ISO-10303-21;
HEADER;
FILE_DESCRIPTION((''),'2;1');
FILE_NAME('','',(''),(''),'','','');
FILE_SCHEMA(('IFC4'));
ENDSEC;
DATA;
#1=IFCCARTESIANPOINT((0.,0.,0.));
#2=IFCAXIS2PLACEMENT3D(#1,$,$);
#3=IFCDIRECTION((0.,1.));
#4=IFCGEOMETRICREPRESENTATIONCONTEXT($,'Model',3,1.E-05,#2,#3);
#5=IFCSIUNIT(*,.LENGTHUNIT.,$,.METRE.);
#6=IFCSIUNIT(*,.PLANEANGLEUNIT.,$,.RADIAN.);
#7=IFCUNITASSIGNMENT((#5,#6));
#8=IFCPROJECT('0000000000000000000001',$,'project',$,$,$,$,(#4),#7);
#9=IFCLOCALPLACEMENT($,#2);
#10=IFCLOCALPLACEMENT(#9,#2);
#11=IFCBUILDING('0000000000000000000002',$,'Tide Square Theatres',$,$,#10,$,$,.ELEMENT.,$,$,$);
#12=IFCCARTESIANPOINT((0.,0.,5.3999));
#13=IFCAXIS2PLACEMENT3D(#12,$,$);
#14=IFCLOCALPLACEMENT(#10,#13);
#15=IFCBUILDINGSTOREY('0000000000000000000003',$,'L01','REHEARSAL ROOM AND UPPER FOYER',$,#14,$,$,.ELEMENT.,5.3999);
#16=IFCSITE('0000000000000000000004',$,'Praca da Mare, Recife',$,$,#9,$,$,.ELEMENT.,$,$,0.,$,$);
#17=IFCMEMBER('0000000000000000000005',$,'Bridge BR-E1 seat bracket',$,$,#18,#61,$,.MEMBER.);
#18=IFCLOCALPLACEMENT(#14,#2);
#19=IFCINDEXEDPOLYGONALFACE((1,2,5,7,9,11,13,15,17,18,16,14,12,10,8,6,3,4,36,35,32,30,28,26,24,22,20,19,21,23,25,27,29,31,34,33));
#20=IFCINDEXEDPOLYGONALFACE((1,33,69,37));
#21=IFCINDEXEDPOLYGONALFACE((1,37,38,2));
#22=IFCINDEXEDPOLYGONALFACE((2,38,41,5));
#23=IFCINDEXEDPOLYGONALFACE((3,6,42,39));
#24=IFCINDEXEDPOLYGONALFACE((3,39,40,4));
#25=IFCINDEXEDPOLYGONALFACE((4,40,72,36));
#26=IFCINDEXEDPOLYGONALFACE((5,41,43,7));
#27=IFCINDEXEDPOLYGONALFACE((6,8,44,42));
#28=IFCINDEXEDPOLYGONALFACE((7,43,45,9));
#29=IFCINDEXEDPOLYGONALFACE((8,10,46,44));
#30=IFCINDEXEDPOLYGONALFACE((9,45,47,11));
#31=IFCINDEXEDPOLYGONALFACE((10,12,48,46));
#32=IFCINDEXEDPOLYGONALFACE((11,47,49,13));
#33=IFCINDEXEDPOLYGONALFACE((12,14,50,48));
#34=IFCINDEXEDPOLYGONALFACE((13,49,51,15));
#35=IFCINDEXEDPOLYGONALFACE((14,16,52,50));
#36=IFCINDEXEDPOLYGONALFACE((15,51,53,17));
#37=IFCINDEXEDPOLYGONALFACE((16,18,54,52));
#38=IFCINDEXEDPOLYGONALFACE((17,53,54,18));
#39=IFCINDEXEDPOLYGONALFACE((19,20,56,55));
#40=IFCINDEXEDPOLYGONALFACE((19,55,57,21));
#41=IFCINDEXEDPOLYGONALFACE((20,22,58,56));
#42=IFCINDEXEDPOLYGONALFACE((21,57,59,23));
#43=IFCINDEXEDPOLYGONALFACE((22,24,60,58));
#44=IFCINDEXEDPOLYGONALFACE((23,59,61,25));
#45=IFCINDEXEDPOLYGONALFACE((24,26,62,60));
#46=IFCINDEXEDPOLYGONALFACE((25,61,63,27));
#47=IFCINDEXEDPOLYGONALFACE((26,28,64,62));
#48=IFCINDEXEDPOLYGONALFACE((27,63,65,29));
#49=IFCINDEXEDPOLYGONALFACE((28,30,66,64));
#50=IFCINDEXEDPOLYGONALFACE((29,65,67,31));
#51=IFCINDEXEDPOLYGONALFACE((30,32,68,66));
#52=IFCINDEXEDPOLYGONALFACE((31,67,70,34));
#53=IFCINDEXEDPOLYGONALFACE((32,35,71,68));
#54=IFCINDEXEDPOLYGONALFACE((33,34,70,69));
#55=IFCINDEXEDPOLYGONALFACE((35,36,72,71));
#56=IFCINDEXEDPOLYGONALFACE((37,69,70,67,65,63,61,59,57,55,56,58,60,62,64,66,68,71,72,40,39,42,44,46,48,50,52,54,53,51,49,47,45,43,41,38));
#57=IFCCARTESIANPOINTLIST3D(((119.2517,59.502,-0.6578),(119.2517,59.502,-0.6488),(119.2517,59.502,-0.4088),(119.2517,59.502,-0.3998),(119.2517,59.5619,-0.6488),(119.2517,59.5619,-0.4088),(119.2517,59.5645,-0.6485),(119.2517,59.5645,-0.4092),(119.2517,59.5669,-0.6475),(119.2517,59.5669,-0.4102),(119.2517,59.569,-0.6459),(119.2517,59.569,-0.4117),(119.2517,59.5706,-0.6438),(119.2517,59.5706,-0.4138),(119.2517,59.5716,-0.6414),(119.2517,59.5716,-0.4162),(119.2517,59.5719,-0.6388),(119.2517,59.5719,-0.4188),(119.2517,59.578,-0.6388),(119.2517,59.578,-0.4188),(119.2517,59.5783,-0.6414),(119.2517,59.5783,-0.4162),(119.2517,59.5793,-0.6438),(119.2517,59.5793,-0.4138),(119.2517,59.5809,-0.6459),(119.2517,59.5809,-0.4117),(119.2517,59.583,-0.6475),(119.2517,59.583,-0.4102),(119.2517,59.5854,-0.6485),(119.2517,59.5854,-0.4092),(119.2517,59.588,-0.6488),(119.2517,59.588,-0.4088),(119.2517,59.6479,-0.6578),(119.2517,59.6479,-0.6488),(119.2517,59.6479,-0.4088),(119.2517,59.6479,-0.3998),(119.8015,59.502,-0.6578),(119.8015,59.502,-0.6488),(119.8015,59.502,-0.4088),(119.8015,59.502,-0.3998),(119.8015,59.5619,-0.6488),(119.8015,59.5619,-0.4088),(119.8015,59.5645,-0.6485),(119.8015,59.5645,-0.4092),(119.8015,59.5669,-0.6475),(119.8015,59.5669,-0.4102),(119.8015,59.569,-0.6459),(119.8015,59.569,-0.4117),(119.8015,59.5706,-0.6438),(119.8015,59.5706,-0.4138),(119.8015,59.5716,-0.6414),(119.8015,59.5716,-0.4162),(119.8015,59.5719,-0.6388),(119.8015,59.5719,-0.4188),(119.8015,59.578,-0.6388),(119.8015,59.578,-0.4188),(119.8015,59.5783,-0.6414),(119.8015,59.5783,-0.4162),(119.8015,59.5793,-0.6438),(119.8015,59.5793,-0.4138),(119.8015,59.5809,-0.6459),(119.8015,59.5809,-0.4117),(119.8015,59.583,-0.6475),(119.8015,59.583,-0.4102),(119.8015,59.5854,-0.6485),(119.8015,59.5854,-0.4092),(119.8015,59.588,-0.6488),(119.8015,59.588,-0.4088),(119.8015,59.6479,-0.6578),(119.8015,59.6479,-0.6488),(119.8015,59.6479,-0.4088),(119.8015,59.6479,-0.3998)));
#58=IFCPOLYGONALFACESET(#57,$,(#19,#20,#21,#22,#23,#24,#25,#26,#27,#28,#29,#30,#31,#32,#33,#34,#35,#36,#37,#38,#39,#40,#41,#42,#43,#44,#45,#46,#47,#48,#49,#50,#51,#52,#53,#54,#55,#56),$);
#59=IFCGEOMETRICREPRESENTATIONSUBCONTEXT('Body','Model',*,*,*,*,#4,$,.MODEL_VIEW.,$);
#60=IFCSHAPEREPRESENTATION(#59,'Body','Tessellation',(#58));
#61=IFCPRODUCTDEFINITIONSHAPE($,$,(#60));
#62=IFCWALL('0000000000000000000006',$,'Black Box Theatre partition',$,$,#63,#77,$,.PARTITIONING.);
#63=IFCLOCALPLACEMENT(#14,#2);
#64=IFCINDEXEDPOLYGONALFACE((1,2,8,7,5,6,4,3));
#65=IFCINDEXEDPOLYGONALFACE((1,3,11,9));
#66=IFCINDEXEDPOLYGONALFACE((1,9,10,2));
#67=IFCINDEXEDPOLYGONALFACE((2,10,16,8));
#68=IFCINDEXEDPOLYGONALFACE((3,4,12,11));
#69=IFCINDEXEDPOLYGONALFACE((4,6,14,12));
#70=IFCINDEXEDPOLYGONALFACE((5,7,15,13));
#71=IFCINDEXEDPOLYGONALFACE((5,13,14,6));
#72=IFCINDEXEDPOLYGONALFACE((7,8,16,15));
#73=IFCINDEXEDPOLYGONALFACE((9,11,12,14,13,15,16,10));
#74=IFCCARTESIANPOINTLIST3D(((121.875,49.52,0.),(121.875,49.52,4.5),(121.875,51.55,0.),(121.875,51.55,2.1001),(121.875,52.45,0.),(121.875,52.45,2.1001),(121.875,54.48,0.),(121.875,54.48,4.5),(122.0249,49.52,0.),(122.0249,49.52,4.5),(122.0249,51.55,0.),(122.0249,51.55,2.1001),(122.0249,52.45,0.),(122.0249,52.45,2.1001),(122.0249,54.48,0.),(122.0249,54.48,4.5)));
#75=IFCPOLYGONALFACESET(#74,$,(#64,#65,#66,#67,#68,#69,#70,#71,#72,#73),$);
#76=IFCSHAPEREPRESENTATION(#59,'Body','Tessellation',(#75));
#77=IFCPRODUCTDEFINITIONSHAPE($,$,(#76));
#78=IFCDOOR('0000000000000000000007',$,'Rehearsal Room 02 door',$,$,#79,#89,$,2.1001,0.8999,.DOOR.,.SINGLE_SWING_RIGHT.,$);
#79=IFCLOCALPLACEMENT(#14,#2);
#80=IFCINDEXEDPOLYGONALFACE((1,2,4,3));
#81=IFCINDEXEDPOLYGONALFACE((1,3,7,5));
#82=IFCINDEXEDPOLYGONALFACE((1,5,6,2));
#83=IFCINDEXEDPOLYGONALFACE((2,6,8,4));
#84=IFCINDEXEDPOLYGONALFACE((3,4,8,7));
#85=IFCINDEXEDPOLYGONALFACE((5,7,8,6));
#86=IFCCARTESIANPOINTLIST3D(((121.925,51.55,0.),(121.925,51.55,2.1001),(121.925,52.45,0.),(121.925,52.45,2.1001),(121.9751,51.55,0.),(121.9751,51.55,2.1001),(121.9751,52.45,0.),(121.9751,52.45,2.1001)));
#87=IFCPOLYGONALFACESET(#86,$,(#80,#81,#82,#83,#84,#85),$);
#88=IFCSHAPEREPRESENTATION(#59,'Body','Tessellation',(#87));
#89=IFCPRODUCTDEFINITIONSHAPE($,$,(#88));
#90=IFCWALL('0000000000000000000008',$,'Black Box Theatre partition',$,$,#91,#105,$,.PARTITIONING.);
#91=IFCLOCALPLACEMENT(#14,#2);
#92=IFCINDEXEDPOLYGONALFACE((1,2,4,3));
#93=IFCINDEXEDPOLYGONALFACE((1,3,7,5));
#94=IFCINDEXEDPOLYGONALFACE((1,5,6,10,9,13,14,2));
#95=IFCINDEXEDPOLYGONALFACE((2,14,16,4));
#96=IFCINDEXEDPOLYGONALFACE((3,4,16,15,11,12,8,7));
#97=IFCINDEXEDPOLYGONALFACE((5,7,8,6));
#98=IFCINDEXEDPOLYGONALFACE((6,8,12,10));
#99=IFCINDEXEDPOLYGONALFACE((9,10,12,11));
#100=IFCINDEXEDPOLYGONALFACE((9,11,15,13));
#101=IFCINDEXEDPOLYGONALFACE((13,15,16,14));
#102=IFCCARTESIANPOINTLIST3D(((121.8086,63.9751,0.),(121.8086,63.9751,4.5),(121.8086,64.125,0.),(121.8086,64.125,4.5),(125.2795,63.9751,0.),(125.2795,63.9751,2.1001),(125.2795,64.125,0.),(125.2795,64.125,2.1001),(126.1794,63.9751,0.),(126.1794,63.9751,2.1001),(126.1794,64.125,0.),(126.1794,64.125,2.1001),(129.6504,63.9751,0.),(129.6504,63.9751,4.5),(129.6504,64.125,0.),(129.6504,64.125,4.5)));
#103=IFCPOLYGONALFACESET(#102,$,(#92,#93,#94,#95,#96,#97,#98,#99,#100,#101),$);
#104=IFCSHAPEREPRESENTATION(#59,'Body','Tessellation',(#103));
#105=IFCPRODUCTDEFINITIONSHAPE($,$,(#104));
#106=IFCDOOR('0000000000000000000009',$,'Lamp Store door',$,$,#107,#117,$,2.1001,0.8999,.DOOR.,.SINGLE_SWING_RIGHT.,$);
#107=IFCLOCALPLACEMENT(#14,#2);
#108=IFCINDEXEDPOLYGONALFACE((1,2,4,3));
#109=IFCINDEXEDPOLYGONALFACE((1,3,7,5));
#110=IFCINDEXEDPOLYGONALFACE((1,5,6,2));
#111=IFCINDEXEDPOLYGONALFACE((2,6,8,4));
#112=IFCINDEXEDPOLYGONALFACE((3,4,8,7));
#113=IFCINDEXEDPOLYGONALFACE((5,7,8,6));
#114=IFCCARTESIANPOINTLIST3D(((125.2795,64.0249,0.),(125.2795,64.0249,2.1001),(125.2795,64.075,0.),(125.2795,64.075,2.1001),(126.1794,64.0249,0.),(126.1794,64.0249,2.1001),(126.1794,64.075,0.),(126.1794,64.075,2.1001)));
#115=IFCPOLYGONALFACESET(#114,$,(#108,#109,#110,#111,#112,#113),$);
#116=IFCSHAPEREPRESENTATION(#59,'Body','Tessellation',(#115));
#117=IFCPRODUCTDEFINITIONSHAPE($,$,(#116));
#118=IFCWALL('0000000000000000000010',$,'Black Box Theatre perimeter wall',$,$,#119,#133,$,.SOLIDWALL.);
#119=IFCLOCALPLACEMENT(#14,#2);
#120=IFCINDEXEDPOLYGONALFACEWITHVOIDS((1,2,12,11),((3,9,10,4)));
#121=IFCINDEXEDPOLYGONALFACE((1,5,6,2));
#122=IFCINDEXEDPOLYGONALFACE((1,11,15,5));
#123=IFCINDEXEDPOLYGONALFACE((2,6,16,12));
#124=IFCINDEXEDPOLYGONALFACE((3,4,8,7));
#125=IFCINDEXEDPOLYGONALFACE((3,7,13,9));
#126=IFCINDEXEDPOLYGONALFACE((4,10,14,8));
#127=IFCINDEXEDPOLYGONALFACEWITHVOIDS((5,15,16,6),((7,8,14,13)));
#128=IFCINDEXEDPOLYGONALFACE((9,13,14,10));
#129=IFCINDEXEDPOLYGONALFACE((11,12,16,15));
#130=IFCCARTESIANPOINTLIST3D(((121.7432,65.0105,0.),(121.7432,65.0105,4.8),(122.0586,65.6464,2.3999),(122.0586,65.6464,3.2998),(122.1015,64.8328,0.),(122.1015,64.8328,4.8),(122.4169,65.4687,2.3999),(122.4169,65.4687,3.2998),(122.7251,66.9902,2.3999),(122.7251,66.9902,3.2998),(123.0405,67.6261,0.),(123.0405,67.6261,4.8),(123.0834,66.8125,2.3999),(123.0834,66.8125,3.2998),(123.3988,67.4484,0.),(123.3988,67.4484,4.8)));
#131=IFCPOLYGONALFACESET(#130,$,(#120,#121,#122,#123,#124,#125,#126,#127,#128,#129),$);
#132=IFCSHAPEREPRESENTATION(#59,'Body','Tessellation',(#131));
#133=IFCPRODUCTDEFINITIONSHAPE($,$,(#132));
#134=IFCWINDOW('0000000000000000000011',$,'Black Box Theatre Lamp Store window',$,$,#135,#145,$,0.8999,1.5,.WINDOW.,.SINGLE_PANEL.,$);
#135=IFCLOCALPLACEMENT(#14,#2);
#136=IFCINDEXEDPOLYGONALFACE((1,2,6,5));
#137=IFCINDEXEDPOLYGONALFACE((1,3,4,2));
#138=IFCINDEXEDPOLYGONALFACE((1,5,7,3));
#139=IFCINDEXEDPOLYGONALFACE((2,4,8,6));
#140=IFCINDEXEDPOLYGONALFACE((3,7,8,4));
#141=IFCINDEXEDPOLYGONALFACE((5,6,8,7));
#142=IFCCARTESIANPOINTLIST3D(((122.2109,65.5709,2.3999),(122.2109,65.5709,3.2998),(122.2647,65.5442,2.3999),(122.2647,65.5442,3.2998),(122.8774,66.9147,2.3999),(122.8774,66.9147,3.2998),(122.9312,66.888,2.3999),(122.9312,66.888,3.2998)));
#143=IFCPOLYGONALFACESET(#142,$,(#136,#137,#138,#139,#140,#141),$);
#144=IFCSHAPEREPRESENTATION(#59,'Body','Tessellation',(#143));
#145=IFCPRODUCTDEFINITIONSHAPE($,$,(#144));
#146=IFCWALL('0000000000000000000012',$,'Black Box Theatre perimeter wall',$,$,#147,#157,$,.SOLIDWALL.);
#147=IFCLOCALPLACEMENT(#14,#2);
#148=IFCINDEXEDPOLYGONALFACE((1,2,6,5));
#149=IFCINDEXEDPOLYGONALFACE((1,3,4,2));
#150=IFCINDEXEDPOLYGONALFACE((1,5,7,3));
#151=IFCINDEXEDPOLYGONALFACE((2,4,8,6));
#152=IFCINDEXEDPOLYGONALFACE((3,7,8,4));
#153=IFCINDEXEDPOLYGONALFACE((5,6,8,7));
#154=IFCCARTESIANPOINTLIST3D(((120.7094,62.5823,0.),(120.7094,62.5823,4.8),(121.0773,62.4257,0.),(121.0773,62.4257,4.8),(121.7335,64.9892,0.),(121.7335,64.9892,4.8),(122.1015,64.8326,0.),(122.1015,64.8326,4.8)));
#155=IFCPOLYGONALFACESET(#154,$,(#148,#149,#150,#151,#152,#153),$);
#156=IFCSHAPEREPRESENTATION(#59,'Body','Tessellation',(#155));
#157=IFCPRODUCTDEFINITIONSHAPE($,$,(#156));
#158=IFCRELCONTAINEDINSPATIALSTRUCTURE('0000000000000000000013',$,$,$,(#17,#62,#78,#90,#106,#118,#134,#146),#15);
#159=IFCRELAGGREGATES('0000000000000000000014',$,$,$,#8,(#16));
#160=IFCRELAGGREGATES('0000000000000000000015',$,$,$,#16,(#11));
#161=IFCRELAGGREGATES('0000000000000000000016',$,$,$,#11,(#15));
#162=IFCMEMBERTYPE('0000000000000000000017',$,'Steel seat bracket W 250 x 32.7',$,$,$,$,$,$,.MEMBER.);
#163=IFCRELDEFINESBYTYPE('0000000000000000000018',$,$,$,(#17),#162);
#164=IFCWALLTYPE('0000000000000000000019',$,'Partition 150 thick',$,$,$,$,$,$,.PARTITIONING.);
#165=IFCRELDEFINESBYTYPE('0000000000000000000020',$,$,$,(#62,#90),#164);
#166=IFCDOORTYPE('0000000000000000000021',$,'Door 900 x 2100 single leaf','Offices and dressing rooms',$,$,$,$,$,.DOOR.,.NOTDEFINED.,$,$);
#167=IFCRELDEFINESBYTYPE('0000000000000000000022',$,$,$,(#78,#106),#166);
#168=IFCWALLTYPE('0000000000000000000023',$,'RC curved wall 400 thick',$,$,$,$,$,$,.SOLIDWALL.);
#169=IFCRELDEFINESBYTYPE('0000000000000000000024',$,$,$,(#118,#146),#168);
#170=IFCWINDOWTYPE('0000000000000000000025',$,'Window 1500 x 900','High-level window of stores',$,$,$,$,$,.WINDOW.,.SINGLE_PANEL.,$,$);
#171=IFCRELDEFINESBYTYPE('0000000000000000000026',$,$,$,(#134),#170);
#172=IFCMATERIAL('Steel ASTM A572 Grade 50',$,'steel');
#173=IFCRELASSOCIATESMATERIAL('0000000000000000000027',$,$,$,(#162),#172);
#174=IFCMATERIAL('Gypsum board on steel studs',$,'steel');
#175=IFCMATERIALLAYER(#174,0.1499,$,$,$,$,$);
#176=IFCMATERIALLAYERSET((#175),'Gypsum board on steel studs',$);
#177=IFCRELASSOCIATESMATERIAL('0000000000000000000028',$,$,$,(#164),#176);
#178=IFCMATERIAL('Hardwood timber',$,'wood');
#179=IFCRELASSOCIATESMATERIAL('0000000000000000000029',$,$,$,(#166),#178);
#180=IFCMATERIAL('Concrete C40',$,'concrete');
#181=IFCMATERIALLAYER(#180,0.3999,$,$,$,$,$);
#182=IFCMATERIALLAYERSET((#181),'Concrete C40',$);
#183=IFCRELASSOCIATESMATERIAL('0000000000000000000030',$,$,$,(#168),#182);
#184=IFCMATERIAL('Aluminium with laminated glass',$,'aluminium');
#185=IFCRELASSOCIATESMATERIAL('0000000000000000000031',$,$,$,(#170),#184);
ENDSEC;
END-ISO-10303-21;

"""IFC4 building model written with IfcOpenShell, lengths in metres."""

from ifc_helpers import new_model, si_unit, direction, frame, frame_2d, origin, origin_2d, place, context, subcontext, project, spatial, rectangle, i_section, extrude, material, layer, layer_set, material_profile, profile_set, type_object, element, fill, save


model = new_model("IFC4")

# Units and contexts
model_context = context("Model", 3, precision=1e-05, world=origin(), true_north=direction((0.0, 1.0)))
body_context = subcontext(model_context, "Body", "Model", "MODEL_VIEW")
ifc_project = project(units=[si_unit("LENGTHUNIT", "METRE"), si_unit("PLANEANGLEUNIT", "RADIAN")], contexts=[model_context])

# Site, building, storey
site_placement = place(None, origin())
site = spatial("IfcSite", under=ifc_project, at=site_placement, Name="Praca da Mare, Recife", CompositionType="ELEMENT", RefElevation=0.0)
building_placement = place(site_placement, origin())
building = spatial("IfcBuilding", under=site, at=building_placement, Name="Tide Square Theatres", CompositionType="ELEMENT")
storey_placement = place(building_placement, frame((0.0, 0.0, 5.3999)))
storey = spatial("IfcBuildingStorey", under=building, at=storey_placement, Name="L01", Description="REHEARSAL ROOM AND UPPER FOYER", CompositionType="ELEMENT", Elevation=5.3999)

# Member
ifc_material_1 = material(Name="Steel ASTM A572 Grade 50", Category="steel")
ifc_material_profile_1 = material_profile(ifc_material_1, i_section(OverallWidth=0.146, OverallDepth=0.2581, WebThickness=0.0061, FlangeThickness=0.009, FilletRadius=0.01, at=origin_2d()))
ifc_profile_set_1 = profile_set([ifc_material_profile_1], Name="Steel ASTM A572 Grade 50")
member_type_1 = type_object("IfcMemberType", Name="Steel seat bracket W 250 x 32.7", PredefinedType="MEMBER", material=ifc_profile_set_1)
member_1_placement = place(storey_placement, frame((119.8015, 59.575, -0.5288), z_axis=(-1.0, 0.0, 0.0), x_axis=(0.0, -1.0, 0.0)))
element("IfcMember", 1, at=member_1_placement, inside=storey, type_object=member_type_1, Name="Bridge BR-E1 seat bracket", PredefinedType="MEMBER", context=body_context, shape_type="SweptSolid", body=[
    extrude(i_section(OverallWidth=0.146, OverallDepth=0.2581, WebThickness=0.0061, FlangeThickness=0.009, FilletRadius=0.01, at=origin_2d()), origin(), (0.0, 0.0, 1.0), 0.5498),
])

# Walls, openings, doors
ifc_material_2 = material(Name="Gypsum board on steel studs", Category="steel")
ifc_layer_1 = layer(ifc_material_2, 0.1499)
ifc_layer_set_1 = layer_set([ifc_layer_1], Name="Gypsum board on steel studs")
wall_type_1 = type_object("IfcWallType", Name="Partition 150 thick", PredefinedType="PARTITIONING", material=ifc_layer_set_1)
wall_1_placement = place(storey_placement, frame((121.95, 49.52, 0.0), z_axis=(0.0, 0.0, 1.0), x_axis=(0.0, 1.0, 0.0)))
wall_1 = element("IfcWall", 2, at=wall_1_placement, inside=storey, type_object=wall_type_1, Name="Black Box Theatre partition", PredefinedType="PARTITIONING", context=body_context, shape_type="SweptSolid", body=[
    extrude(rectangle(XDim=4.96, YDim=0.1499, at=frame_2d((2.48, 0.0))), origin(), (0.0, 0.0, 1.0), 4.5),
])
opening_1_placement = place(wall_1_placement, frame((2.03, 0.0, 0.0)))
opening_1 = element("IfcOpeningElement", 3, at=opening_1_placement, cuts=wall_1, PredefinedType="OPENING", context=body_context, shape_type="SweptSolid", body=[
    extrude(rectangle(XDim=0.8999, YDim=2.1001, at=frame_2d((0.45, 1.05))), frame((0.0, 0.085, 0.0), z_axis=(0.0, -1.0, 0.0), x_axis=(1.0, 0.0, 0.0)), (0.0, 0.0, 1.0), 0.1699),
])
ifc_material_3 = material(Name="Hardwood timber", Category="wood")
door_type_1 = type_object("IfcDoorType", Name="Door 900 x 2100 single leaf", Description="Offices and dressing rooms", OperationType="NOTDEFINED", PredefinedType="DOOR", material=ifc_material_3)
door_1_placement = place(opening_1_placement, origin())
door_1 = element("IfcDoor", 4, at=door_1_placement, inside=storey, type_object=door_type_1, Name="Rehearsal Room 02 door", OperationType="SINGLE_SWING_RIGHT", OverallHeight=2.1001, OverallWidth=0.8999, PredefinedType="DOOR", context=body_context, shape_type="SweptSolid", body=[
    extrude(rectangle(XDim=0.8999, YDim=2.1001, at=frame_2d((0.45, 1.05))), frame((0.0, 0.0249, 0.0), z_axis=(0.0, -1.0, 0.0), x_axis=(1.0, 0.0, 0.0)), (0.0, 0.0, 1.0), 0.05),
])
fill(opening_1, door_1)
wall_2_placement = place(storey_placement, frame((121.8086, 64.05, 0.0), z_axis=(0.0, 0.0, 1.0), x_axis=(1.0, 0.0, 0.0)))
wall_2 = element("IfcWall", 5, at=wall_2_placement, inside=storey, type_object=wall_type_1, Name="Black Box Theatre partition", PredefinedType="PARTITIONING", context=body_context, shape_type="SweptSolid", body=[
    extrude(rectangle(XDim=7.8418, YDim=0.1499, at=frame_2d((3.9209, 0.0))), origin(), (0.0, 0.0, 1.0), 4.5),
])
opening_2_placement = place(wall_2_placement, frame((3.4709, 0.0, 0.0)))
opening_2 = element("IfcOpeningElement", 6, at=opening_2_placement, cuts=wall_2, PredefinedType="OPENING", context=body_context, shape_type="SweptSolid", body=[
    extrude(rectangle(XDim=0.8999, YDim=2.1001, at=frame_2d((0.45, 1.05))), frame((0.0, 0.085, 0.0), z_axis=(0.0, -1.0, 0.0), x_axis=(1.0, 0.0, 0.0)), (0.0, 0.0, 1.0), 0.1699),
])
door_2_placement = place(opening_2_placement, origin())
door_2 = element("IfcDoor", 7, at=door_2_placement, inside=storey, type_object=door_type_1, Name="Lamp Store door", OperationType="SINGLE_SWING_RIGHT", OverallHeight=2.1001, OverallWidth=0.8999, PredefinedType="DOOR", context=body_context, shape_type="SweptSolid", body=[
    extrude(rectangle(XDim=0.8999, YDim=2.1001, at=frame_2d((0.45, 1.05))), frame((0.0, 0.0249, 0.0), z_axis=(0.0, -1.0, 0.0), x_axis=(1.0, 0.0, 0.0)), (0.0, 0.0, 1.0), 0.05),
])
fill(opening_2, door_2)

# Wall, opening, window
ifc_material_4 = material(Name="Concrete C40", Category="concrete")
ifc_layer_2 = layer(ifc_material_4, 0.3999)
ifc_layer_set_2 = layer_set([ifc_layer_2], Name="Concrete C40")
wall_type_2 = type_object("IfcWallType", Name="RC curved wall 400 thick", PredefinedType="SOLIDWALL", material=ifc_layer_set_2)
wall_3_placement = place(storey_placement, frame((123.2197, 67.5374, 0.0), z_axis=(0.0, 0.0, 1.0), x_axis=(-0.444335, -0.895861, 0.0)))
wall_3 = element("IfcWall", 8, at=wall_3_placement, inside=storey, type_object=wall_type_2, Name="Black Box Theatre perimeter wall", PredefinedType="SOLIDWALL", context=body_context, shape_type="SweptSolid", body=[
    extrude(rectangle(XDim=2.9197, YDim=0.3999, at=frame_2d((1.46, 0.0))), origin(), (0.0, 0.0, 1.0), 4.8),
])
opening_3_placement = place(wall_3_placement, frame((0.71, 0.0, 2.3999)))
opening_3 = element("IfcOpeningElement", 9, at=opening_3_placement, cuts=wall_3, PredefinedType="OPENING", context=body_context, shape_type="SweptSolid", body=[
    extrude(rectangle(XDim=1.5, YDim=0.8999, at=frame_2d((0.75, 0.45))), frame((0.0, 0.21, 0.0), z_axis=(0.0, -1.0, 0.0), x_axis=(1.0, 0.0, 0.0)), (0.0, 0.0, 1.0), 0.4199),
])
ifc_material_5 = material(Name="Aluminium with laminated glass", Category="aluminium")
window_type_1 = type_object("IfcWindowType", Name="Window 1500 x 900", Description="High-level window of stores", PartitioningType="SINGLE_PANEL", PredefinedType="WINDOW", material=ifc_material_5)
window_1_placement = place(opening_3_placement, origin())
window_1 = element("IfcWindow", 10, at=window_1_placement, inside=storey, type_object=window_type_1, Name="Black Box Theatre Lamp Store window", OverallHeight=0.8999, OverallWidth=1.5, PartitioningType="SINGLE_PANEL", PredefinedType="WINDOW", context=body_context, shape_type="SweptSolid", body=[
    extrude(rectangle(XDim=1.5, YDim=0.8999, at=frame_2d((0.75, 0.45))), frame((0.0, 0.03, 0.0), z_axis=(0.0, -1.0, 0.0), x_axis=(1.0, 0.0, 0.0)), (0.0, 0.0, 1.0), 0.0601),
])
fill(opening_3, window_1)

# Wall
wall_4_placement = place(storey_placement, frame((121.9175, 64.9109, 0.0), z_axis=(0.0, 0.0, 1.0), x_axis=(-0.39153, -0.920165, 0.0)))
element("IfcWall", 11, at=wall_4_placement, inside=storey, type_object=wall_type_2, Name="Black Box Theatre perimeter wall", PredefinedType="SOLIDWALL", context=body_context, shape_type="SweptSolid", body=[
    extrude(rectangle(XDim=2.6157, YDim=0.3999, at=frame_2d((1.3079, 0.0))), origin(), (0.0, 0.0, 1.0), 4.8),
])

save(model, "model.ifc")
